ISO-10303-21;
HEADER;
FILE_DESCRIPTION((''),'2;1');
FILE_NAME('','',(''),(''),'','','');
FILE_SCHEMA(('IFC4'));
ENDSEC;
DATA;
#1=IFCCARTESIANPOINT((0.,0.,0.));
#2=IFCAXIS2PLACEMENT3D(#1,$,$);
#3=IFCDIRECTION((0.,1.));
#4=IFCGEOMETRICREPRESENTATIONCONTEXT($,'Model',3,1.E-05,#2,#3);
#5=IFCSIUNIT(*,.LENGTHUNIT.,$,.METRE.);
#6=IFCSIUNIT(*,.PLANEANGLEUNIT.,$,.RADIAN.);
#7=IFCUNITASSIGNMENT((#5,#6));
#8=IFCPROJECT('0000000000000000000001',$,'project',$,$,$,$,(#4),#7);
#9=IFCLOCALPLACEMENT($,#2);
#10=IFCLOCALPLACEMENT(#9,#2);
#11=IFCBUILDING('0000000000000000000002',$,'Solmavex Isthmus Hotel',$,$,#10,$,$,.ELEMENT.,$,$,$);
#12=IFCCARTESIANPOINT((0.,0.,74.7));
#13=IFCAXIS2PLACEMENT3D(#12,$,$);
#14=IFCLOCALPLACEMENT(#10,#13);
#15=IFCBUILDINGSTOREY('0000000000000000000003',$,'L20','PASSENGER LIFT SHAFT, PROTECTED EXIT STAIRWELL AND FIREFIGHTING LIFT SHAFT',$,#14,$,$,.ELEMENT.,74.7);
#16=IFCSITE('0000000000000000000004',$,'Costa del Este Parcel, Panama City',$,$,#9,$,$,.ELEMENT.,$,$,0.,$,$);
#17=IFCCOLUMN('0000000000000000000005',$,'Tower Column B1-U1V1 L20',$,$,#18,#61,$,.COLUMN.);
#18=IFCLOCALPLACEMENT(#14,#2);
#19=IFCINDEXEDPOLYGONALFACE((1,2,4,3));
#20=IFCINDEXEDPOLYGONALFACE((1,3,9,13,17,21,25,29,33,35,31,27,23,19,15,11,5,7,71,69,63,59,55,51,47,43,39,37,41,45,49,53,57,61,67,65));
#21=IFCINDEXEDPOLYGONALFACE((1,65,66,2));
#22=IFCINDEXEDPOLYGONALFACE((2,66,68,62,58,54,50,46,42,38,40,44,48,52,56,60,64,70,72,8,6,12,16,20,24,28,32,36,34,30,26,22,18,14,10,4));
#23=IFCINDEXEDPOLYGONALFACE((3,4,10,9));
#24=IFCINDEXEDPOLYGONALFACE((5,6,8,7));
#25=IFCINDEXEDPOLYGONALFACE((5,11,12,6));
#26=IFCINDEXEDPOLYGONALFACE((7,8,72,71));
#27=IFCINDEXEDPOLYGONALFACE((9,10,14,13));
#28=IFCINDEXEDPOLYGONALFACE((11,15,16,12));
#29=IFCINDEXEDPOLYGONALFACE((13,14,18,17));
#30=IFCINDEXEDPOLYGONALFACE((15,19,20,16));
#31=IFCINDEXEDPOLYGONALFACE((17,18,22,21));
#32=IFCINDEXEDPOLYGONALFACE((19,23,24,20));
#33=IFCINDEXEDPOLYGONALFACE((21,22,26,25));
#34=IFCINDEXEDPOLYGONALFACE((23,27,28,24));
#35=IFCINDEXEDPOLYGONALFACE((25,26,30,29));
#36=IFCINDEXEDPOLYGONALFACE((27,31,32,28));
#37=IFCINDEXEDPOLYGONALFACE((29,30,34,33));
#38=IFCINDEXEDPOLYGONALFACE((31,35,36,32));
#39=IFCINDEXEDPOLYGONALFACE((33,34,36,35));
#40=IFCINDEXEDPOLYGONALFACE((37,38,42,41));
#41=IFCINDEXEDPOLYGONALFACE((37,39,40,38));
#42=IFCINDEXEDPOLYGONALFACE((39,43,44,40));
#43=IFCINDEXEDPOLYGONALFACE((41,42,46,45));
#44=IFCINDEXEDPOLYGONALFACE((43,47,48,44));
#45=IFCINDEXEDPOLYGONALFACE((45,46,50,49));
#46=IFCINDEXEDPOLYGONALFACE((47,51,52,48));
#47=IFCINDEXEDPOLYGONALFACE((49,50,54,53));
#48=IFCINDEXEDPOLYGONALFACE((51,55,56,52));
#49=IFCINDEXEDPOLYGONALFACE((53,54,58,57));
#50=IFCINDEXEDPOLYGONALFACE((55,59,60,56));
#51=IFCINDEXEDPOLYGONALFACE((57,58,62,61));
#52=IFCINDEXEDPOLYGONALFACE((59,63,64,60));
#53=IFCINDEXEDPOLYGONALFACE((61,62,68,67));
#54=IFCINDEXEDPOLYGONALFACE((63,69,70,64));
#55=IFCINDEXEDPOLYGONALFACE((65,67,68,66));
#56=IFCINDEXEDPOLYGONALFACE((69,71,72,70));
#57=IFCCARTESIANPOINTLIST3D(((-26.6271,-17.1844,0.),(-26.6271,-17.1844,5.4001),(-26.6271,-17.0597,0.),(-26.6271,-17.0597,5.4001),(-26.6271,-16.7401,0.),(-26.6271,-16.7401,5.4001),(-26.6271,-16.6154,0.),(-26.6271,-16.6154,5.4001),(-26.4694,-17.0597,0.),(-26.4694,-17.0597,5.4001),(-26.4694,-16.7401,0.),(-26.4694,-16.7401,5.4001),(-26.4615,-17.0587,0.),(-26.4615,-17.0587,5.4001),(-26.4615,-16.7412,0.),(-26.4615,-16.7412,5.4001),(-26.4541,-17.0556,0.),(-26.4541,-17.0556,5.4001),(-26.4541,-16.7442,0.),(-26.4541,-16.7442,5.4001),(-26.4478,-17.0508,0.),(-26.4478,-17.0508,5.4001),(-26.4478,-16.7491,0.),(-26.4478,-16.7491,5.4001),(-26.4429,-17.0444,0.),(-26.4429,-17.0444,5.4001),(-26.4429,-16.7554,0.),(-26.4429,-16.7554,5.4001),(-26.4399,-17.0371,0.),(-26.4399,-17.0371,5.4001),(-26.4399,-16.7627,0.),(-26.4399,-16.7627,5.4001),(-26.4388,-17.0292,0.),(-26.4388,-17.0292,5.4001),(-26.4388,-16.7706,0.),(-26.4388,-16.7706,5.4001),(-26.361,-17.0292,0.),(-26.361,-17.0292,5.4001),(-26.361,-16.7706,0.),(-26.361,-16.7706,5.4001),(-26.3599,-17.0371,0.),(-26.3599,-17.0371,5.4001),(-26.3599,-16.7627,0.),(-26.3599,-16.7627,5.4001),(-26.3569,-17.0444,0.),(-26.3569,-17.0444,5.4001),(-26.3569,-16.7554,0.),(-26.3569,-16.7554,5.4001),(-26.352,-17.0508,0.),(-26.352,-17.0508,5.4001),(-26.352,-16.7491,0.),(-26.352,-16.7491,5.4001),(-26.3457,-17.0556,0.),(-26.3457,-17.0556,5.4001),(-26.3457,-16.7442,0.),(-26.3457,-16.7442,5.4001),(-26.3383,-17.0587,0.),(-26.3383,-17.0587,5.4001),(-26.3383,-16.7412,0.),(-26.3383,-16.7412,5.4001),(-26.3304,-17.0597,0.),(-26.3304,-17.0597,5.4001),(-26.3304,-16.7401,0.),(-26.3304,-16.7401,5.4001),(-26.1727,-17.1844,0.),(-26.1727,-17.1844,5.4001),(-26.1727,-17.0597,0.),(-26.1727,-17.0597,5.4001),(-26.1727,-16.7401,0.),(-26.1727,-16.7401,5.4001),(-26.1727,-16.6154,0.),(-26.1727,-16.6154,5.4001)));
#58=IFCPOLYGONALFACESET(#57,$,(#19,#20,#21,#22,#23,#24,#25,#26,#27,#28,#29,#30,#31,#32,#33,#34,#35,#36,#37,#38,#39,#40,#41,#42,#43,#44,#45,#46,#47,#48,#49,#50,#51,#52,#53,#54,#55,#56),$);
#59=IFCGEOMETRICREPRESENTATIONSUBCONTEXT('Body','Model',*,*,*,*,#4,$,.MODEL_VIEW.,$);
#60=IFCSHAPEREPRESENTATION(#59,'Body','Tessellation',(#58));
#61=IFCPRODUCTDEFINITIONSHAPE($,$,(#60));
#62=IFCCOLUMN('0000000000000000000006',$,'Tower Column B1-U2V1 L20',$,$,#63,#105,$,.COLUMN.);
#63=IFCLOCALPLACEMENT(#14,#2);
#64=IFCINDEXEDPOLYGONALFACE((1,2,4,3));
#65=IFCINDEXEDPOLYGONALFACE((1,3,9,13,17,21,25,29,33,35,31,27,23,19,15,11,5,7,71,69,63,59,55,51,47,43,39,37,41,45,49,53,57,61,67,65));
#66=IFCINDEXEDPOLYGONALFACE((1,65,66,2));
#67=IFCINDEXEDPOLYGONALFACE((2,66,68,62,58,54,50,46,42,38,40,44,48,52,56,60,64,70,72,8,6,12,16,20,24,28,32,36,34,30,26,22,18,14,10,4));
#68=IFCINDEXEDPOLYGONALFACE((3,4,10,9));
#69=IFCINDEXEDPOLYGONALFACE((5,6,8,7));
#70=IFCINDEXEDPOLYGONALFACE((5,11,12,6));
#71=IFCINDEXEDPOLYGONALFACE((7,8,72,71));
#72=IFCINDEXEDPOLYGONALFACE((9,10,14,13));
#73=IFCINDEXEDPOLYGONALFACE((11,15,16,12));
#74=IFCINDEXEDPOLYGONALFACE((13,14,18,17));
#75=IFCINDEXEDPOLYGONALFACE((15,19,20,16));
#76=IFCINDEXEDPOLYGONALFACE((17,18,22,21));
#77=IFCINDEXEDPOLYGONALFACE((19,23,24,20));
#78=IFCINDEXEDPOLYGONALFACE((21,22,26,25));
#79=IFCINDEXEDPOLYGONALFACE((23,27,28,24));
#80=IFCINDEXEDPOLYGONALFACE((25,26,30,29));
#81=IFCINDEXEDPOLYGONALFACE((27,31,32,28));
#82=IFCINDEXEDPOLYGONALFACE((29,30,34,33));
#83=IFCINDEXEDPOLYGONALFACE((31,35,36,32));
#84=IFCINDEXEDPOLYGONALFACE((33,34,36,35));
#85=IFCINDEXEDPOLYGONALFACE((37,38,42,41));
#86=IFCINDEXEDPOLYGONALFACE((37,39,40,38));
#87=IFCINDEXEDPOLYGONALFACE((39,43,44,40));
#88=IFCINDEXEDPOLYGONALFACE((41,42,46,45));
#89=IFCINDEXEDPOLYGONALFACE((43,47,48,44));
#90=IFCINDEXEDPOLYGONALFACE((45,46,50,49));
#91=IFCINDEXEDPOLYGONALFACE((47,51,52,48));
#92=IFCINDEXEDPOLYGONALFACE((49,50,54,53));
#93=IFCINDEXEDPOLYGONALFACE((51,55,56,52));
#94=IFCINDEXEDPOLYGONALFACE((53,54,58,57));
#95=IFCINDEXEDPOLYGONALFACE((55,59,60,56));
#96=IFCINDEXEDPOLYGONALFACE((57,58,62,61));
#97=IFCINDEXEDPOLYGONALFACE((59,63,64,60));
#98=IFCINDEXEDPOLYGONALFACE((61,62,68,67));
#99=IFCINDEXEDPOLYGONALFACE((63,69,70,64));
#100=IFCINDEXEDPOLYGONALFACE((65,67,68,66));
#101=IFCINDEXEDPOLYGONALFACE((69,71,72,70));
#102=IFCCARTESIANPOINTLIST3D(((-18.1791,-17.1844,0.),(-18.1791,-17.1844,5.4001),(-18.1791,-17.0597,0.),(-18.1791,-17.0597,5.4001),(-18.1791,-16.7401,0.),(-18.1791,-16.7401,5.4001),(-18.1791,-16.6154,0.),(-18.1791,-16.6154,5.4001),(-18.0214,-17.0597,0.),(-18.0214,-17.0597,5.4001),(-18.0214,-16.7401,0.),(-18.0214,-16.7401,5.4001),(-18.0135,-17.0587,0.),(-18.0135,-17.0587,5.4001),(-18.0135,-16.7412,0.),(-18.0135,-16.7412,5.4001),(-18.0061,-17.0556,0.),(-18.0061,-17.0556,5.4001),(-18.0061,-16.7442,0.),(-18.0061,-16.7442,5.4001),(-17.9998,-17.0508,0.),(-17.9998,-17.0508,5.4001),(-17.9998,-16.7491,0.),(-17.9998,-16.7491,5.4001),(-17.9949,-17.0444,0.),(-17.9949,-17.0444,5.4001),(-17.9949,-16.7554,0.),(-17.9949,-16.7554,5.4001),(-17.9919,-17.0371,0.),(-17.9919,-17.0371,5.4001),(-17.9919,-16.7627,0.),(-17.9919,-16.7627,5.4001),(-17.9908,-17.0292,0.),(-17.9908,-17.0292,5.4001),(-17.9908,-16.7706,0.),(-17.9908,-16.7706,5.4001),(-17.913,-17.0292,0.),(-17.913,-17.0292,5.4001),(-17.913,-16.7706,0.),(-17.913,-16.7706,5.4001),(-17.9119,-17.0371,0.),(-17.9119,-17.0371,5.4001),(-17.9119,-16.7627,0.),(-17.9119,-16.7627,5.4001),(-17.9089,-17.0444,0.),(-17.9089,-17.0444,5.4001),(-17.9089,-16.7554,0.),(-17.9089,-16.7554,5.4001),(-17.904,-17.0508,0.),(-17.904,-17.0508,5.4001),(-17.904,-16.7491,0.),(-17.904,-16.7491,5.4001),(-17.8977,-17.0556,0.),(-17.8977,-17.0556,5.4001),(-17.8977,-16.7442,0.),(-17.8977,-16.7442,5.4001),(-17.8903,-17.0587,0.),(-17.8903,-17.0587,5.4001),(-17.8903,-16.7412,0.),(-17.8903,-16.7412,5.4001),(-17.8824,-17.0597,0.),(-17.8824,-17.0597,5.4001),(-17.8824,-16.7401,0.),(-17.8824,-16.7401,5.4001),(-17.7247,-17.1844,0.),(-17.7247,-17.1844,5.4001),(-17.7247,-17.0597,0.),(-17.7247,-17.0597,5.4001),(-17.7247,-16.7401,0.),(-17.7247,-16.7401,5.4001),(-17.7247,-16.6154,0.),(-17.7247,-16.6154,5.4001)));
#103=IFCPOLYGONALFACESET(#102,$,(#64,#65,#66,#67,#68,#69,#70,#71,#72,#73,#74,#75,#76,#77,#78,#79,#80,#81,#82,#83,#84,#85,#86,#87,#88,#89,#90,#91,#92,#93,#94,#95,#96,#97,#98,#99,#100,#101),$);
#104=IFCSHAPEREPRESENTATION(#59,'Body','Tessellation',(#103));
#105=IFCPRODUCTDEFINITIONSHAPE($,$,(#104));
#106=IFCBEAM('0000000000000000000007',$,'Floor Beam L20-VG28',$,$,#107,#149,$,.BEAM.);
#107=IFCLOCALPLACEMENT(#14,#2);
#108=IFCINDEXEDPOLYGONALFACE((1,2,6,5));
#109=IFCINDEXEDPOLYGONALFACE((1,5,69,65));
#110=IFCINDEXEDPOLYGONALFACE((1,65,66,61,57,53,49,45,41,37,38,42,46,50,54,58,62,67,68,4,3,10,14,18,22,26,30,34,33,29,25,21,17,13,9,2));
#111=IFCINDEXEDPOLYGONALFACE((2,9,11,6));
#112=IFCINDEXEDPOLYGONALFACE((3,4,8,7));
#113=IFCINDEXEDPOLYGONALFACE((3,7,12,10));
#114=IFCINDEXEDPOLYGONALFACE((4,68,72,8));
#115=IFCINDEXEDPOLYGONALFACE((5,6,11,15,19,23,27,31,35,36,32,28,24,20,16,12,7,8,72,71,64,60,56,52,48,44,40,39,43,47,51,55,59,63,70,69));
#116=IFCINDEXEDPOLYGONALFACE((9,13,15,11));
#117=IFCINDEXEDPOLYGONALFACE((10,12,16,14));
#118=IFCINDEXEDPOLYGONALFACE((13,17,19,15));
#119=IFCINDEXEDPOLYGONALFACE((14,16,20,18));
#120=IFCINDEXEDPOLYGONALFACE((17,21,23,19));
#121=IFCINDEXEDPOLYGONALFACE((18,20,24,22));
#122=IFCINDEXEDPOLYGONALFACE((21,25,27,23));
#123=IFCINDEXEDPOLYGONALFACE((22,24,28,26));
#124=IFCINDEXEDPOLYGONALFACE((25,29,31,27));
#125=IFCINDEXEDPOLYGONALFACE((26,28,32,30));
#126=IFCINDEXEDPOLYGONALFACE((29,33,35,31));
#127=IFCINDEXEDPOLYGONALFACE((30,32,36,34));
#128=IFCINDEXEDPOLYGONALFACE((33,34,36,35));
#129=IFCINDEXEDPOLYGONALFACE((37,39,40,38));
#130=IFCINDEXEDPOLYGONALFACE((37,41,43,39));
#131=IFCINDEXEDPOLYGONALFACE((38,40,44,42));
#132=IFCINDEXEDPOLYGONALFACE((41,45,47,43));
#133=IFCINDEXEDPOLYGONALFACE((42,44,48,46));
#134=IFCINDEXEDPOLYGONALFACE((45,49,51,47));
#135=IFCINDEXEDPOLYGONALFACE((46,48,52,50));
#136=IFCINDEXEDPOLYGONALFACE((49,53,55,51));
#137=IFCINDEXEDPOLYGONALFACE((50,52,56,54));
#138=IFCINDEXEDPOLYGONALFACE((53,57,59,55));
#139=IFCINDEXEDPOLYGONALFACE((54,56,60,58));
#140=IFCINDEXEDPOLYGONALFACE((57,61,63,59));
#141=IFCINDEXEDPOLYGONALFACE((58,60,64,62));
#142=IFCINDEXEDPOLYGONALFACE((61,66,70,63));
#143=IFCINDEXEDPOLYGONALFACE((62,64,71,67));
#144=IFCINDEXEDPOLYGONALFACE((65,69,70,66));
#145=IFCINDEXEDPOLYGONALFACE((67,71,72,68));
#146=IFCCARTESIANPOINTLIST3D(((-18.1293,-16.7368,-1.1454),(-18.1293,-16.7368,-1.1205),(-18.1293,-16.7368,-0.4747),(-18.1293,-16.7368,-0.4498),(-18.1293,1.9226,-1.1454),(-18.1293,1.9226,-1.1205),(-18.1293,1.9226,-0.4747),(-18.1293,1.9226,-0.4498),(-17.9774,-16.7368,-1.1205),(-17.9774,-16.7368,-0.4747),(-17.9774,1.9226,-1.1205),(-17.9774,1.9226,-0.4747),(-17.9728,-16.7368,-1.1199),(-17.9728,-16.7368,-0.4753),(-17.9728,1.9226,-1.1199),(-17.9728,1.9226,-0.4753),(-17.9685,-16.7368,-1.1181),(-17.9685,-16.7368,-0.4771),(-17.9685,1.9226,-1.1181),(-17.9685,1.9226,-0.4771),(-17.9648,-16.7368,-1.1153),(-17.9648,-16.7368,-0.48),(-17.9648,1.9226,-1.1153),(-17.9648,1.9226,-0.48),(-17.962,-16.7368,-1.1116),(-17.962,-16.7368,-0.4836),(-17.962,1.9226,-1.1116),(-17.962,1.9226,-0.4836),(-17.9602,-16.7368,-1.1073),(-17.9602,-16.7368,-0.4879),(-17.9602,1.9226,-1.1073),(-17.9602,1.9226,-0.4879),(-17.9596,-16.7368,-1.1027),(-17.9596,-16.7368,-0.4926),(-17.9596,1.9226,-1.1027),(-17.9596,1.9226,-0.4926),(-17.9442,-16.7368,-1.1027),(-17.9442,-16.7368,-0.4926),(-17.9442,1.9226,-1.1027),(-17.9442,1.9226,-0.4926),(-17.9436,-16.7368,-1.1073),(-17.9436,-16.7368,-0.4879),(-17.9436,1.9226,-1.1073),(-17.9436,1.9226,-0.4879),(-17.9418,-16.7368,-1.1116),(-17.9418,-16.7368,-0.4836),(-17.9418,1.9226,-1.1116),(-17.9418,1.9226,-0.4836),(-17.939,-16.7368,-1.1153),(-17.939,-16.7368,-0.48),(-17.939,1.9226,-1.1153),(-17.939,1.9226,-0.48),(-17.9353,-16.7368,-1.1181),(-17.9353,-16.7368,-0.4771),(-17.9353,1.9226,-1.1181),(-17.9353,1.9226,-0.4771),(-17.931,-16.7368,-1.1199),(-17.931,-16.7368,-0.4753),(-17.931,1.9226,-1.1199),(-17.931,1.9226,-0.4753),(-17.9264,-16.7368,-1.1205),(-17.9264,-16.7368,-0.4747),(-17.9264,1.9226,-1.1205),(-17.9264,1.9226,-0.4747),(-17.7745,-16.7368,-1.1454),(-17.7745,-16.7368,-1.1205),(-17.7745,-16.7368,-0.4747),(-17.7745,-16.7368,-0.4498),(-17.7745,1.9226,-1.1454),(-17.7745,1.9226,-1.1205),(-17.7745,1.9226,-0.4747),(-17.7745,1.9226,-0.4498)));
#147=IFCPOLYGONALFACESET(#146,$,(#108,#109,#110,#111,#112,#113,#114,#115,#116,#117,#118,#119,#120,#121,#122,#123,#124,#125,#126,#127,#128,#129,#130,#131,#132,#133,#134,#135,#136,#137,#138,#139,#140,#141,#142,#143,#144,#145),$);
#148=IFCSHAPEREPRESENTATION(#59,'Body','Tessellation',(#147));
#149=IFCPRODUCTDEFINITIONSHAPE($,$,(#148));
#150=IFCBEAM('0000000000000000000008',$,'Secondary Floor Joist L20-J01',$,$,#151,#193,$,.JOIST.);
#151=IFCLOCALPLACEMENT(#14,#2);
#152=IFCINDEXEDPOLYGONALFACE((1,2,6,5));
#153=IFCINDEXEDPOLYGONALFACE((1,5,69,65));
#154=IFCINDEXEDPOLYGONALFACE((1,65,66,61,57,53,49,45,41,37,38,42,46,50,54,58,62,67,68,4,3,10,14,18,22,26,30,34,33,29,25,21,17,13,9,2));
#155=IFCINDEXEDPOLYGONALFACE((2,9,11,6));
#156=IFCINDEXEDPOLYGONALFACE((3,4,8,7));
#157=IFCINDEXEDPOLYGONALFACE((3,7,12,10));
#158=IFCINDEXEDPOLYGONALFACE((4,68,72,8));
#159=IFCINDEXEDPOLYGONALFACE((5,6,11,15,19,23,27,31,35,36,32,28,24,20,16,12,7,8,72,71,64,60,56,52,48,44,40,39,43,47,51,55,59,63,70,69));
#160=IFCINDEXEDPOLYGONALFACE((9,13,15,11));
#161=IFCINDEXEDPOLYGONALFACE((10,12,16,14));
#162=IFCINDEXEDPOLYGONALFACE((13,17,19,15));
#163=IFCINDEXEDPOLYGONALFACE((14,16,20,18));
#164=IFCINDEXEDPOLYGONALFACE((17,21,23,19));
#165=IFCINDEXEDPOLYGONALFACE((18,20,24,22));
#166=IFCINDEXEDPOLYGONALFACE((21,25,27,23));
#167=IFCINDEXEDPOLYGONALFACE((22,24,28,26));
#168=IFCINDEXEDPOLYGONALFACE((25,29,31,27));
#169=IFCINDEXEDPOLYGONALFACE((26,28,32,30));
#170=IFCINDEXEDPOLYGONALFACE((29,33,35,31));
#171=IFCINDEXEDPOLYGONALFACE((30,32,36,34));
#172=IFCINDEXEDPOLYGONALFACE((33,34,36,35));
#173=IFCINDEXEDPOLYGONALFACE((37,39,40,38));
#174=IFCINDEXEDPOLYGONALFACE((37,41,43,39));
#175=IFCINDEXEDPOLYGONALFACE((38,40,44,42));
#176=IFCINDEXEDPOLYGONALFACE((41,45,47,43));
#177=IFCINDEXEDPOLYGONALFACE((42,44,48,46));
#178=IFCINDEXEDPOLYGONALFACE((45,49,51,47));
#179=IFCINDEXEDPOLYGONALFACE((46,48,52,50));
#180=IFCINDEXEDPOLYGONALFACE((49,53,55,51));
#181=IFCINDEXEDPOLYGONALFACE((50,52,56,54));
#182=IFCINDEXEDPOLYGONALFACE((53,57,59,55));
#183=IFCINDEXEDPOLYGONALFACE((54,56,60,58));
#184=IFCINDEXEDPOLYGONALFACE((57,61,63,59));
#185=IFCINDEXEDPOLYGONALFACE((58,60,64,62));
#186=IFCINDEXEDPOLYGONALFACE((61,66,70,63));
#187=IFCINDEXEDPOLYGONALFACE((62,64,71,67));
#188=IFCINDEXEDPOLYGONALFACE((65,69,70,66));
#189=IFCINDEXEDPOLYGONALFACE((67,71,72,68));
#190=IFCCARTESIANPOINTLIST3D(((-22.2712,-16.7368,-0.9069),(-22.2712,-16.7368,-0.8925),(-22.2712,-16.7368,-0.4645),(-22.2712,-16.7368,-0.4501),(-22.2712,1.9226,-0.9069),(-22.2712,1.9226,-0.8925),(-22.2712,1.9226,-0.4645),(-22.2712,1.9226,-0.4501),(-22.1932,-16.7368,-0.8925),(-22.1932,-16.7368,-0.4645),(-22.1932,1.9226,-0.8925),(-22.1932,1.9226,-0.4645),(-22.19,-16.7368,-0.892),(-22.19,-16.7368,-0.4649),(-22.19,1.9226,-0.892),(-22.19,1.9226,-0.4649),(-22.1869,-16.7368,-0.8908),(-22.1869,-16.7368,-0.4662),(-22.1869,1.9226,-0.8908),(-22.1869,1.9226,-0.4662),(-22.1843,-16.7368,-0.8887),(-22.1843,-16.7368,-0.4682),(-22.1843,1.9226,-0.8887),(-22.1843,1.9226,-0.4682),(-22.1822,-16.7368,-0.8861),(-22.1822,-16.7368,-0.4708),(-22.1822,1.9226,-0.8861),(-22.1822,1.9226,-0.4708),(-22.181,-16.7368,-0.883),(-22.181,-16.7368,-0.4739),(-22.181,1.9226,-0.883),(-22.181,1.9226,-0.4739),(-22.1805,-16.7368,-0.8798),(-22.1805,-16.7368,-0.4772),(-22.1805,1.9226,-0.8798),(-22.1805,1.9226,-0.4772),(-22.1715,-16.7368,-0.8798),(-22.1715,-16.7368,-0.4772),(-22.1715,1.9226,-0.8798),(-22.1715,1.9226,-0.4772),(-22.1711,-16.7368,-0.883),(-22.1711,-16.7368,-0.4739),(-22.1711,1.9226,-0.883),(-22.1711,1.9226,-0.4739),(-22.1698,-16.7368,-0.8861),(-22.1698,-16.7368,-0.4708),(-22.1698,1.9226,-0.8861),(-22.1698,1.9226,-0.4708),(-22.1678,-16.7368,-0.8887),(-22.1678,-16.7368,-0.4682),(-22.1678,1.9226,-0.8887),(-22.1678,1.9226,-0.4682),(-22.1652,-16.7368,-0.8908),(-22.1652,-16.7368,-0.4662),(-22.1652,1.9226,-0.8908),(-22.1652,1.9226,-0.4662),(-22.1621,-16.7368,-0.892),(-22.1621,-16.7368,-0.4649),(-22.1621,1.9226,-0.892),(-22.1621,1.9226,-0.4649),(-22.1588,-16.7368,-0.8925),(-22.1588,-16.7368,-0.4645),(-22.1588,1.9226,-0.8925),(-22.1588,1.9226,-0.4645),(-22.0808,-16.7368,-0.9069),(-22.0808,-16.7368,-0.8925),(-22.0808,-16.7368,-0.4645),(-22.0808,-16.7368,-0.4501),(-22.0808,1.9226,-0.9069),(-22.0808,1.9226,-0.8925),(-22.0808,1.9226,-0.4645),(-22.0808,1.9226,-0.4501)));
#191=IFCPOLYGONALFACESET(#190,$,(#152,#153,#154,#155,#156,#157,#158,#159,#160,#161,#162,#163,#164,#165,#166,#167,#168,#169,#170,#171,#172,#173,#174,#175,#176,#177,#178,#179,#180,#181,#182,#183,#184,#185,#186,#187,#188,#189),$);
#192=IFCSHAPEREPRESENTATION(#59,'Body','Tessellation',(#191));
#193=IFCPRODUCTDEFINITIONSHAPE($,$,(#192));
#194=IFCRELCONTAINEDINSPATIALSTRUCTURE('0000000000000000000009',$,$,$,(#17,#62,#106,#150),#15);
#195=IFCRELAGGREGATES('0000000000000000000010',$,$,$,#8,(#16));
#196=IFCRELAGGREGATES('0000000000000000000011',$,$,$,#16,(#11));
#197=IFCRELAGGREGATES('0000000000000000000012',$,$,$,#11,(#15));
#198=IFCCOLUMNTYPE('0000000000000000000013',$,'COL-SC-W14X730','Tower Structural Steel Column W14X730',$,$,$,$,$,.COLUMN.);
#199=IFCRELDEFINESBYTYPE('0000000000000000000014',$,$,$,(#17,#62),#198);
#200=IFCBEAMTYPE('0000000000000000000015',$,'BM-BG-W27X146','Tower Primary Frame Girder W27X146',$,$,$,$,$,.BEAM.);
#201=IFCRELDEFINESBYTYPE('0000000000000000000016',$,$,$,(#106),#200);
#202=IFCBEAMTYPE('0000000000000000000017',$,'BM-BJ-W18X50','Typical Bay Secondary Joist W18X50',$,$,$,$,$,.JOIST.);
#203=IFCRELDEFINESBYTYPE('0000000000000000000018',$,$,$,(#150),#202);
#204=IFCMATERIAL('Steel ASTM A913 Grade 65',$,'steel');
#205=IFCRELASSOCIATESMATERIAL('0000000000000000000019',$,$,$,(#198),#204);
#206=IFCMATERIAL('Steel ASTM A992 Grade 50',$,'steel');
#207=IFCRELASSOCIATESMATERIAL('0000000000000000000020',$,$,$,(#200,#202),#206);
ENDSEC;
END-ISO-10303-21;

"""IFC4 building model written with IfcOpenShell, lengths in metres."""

from ifc_helpers import new_model, si_unit, direction, frame, origin, origin_2d, place, context, subcontext, project, spatial, i_section, extrude, material, material_profile, profile_set, type_object, element, save


model = new_model("IFC4")

# Units and contexts
model_context = context("Model", 3, precision=1e-05, world=origin(), true_north=direction((0.0, 1.0)))
body_context = subcontext(model_context, "Body", "Model", "MODEL_VIEW")
ifc_project = project(units=[si_unit("LENGTHUNIT", "METRE"), si_unit("PLANEANGLEUNIT", "RADIAN")], contexts=[model_context])

# Site, building, storey
site_placement = place(None, origin())
site = spatial("IfcSite", under=ifc_project, at=site_placement, Name="Costa del Este Parcel, Panama City", CompositionType="ELEMENT", RefElevation=0.0)
building_placement = place(site_placement, origin())
building = spatial("IfcBuilding", under=site, at=building_placement, Name="Solmavex Isthmus Hotel", CompositionType="ELEMENT")
storey_placement = place(building_placement, frame((0.0, 0.0, 74.7)))
storey = spatial("IfcBuildingStorey", under=building, at=storey_placement, Name="L20", Description="PASSENGER LIFT SHAFT, PROTECTED EXIT STAIRWELL AND FIREFIGHTING LIFT SHAFT", CompositionType="ELEMENT", Elevation=74.7)

# Columns
ifc_material_1 = material(Name="Steel ASTM A913 Grade 65", Category="steel")
ifc_material_profile_1 = material_profile(ifc_material_1, i_section(OverallWidth=0.4543, OverallDepth=0.5691, WebThickness=0.0779, FlangeThickness=0.1248, FilletRadius=0.0305, at=origin_2d()), Name="W14X730")
ifc_profile_set_1 = profile_set([ifc_material_profile_1], Name="Steel ASTM A913 Grade 65")
column_type = type_object("IfcColumnType", Name="COL-SC-W14X730", Description="Tower Structural Steel Column W14X730", PredefinedType="COLUMN", material=ifc_profile_set_1)
for number, where, z_axis, x_axis, name in (
    (1, (-26.3999, -16.8999, 0.0), (0.0, 0.0, 1.0), (1.0, 0.0, 0.0), "Tower Column B1-U1V1 L20"),
    (2, (-17.9519, -16.8999, 0.0), (0.0, 0.0, 1.0), (1.0, 0.0, 0.0), "Tower Column B1-U2V1 L20"),
):
    element("IfcColumn", number, at=place(storey_placement, frame(where, z_axis=z_axis, x_axis=x_axis)), inside=storey, type_object=column_type, Name=name, PredefinedType="COLUMN", context=body_context, shape_type="SweptSolid", body=[
        extrude(i_section(OverallWidth=0.4543, OverallDepth=0.5691, WebThickness=0.0779, FlangeThickness=0.1248, FilletRadius=0.0305, at=origin_2d()), origin(), (0.0, 0.0, 1.0), 5.4001),
    ])

# Beams
ifc_material_2 = material(Name="Steel ASTM A992 Grade 50", Category="steel")
ifc_material_profile_2 = material_profile(ifc_material_2, i_section(OverallWidth=0.3547, OverallDepth=0.6956, WebThickness=0.0154, FlangeThickness=0.0249, FilletRadius=0.0178, at=origin_2d()), Name="W27X146")
ifc_profile_set_2 = profile_set([ifc_material_profile_2], Name="Steel ASTM A992 Grade 50")
beam_type_1 = type_object("IfcBeamType", Name="BM-BG-W27X146", Description="Tower Primary Frame Girder W27X146", PredefinedType="BEAM", material=ifc_profile_set_2)
beam_1_placement = place(storey_placement, frame((-17.9519, -16.7368, -0.7976), z_axis=(0.0, 1.0, 0.0), x_axis=(-1.0, 0.0, 0.0)))
element("IfcBeam", 3, at=beam_1_placement, inside=storey, type_object=beam_type_1, Name="Floor Beam L20-VG28", PredefinedType="BEAM", context=body_context, shape_type="SweptSolid", body=[
    extrude(i_section(OverallWidth=0.3547, OverallDepth=0.6956, WebThickness=0.0154, FlangeThickness=0.0249, FilletRadius=0.0178, at=origin_2d()), origin(), (0.0, 0.0, 1.0), 18.6594),
])
ifc_material_profile_3 = material_profile(ifc_material_2, i_section(OverallWidth=0.1904, OverallDepth=0.4568, WebThickness=0.009, FlangeThickness=0.0144, FilletRadius=0.0127, at=origin_2d()), Name="W18X50")
ifc_profile_set_3 = profile_set([ifc_material_profile_3], Name="Steel ASTM A992 Grade 50")
beam_type_2 = type_object("IfcBeamType", Name="BM-BJ-W18X50", Description="Typical Bay Secondary Joist W18X50", PredefinedType="JOIST", material=ifc_profile_set_3)
beam_2_placement = place(storey_placement, frame((-22.176, -16.7368, -0.6785), z_axis=(0.0, 1.0, 0.0), x_axis=(-1.0, 0.0, 0.0)))
element("IfcBeam", 4, at=beam_2_placement, inside=storey, type_object=beam_type_2, Name="Secondary Floor Joist L20-J01", PredefinedType="JOIST", context=body_context, shape_type="SweptSolid", body=[
    extrude(i_section(OverallWidth=0.1904, OverallDepth=0.4568, WebThickness=0.009, FlangeThickness=0.0144, FilletRadius=0.0127, at=origin_2d()), origin(), (0.0, 0.0, 1.0), 18.6594),
])

save(model, "model.ifc")
